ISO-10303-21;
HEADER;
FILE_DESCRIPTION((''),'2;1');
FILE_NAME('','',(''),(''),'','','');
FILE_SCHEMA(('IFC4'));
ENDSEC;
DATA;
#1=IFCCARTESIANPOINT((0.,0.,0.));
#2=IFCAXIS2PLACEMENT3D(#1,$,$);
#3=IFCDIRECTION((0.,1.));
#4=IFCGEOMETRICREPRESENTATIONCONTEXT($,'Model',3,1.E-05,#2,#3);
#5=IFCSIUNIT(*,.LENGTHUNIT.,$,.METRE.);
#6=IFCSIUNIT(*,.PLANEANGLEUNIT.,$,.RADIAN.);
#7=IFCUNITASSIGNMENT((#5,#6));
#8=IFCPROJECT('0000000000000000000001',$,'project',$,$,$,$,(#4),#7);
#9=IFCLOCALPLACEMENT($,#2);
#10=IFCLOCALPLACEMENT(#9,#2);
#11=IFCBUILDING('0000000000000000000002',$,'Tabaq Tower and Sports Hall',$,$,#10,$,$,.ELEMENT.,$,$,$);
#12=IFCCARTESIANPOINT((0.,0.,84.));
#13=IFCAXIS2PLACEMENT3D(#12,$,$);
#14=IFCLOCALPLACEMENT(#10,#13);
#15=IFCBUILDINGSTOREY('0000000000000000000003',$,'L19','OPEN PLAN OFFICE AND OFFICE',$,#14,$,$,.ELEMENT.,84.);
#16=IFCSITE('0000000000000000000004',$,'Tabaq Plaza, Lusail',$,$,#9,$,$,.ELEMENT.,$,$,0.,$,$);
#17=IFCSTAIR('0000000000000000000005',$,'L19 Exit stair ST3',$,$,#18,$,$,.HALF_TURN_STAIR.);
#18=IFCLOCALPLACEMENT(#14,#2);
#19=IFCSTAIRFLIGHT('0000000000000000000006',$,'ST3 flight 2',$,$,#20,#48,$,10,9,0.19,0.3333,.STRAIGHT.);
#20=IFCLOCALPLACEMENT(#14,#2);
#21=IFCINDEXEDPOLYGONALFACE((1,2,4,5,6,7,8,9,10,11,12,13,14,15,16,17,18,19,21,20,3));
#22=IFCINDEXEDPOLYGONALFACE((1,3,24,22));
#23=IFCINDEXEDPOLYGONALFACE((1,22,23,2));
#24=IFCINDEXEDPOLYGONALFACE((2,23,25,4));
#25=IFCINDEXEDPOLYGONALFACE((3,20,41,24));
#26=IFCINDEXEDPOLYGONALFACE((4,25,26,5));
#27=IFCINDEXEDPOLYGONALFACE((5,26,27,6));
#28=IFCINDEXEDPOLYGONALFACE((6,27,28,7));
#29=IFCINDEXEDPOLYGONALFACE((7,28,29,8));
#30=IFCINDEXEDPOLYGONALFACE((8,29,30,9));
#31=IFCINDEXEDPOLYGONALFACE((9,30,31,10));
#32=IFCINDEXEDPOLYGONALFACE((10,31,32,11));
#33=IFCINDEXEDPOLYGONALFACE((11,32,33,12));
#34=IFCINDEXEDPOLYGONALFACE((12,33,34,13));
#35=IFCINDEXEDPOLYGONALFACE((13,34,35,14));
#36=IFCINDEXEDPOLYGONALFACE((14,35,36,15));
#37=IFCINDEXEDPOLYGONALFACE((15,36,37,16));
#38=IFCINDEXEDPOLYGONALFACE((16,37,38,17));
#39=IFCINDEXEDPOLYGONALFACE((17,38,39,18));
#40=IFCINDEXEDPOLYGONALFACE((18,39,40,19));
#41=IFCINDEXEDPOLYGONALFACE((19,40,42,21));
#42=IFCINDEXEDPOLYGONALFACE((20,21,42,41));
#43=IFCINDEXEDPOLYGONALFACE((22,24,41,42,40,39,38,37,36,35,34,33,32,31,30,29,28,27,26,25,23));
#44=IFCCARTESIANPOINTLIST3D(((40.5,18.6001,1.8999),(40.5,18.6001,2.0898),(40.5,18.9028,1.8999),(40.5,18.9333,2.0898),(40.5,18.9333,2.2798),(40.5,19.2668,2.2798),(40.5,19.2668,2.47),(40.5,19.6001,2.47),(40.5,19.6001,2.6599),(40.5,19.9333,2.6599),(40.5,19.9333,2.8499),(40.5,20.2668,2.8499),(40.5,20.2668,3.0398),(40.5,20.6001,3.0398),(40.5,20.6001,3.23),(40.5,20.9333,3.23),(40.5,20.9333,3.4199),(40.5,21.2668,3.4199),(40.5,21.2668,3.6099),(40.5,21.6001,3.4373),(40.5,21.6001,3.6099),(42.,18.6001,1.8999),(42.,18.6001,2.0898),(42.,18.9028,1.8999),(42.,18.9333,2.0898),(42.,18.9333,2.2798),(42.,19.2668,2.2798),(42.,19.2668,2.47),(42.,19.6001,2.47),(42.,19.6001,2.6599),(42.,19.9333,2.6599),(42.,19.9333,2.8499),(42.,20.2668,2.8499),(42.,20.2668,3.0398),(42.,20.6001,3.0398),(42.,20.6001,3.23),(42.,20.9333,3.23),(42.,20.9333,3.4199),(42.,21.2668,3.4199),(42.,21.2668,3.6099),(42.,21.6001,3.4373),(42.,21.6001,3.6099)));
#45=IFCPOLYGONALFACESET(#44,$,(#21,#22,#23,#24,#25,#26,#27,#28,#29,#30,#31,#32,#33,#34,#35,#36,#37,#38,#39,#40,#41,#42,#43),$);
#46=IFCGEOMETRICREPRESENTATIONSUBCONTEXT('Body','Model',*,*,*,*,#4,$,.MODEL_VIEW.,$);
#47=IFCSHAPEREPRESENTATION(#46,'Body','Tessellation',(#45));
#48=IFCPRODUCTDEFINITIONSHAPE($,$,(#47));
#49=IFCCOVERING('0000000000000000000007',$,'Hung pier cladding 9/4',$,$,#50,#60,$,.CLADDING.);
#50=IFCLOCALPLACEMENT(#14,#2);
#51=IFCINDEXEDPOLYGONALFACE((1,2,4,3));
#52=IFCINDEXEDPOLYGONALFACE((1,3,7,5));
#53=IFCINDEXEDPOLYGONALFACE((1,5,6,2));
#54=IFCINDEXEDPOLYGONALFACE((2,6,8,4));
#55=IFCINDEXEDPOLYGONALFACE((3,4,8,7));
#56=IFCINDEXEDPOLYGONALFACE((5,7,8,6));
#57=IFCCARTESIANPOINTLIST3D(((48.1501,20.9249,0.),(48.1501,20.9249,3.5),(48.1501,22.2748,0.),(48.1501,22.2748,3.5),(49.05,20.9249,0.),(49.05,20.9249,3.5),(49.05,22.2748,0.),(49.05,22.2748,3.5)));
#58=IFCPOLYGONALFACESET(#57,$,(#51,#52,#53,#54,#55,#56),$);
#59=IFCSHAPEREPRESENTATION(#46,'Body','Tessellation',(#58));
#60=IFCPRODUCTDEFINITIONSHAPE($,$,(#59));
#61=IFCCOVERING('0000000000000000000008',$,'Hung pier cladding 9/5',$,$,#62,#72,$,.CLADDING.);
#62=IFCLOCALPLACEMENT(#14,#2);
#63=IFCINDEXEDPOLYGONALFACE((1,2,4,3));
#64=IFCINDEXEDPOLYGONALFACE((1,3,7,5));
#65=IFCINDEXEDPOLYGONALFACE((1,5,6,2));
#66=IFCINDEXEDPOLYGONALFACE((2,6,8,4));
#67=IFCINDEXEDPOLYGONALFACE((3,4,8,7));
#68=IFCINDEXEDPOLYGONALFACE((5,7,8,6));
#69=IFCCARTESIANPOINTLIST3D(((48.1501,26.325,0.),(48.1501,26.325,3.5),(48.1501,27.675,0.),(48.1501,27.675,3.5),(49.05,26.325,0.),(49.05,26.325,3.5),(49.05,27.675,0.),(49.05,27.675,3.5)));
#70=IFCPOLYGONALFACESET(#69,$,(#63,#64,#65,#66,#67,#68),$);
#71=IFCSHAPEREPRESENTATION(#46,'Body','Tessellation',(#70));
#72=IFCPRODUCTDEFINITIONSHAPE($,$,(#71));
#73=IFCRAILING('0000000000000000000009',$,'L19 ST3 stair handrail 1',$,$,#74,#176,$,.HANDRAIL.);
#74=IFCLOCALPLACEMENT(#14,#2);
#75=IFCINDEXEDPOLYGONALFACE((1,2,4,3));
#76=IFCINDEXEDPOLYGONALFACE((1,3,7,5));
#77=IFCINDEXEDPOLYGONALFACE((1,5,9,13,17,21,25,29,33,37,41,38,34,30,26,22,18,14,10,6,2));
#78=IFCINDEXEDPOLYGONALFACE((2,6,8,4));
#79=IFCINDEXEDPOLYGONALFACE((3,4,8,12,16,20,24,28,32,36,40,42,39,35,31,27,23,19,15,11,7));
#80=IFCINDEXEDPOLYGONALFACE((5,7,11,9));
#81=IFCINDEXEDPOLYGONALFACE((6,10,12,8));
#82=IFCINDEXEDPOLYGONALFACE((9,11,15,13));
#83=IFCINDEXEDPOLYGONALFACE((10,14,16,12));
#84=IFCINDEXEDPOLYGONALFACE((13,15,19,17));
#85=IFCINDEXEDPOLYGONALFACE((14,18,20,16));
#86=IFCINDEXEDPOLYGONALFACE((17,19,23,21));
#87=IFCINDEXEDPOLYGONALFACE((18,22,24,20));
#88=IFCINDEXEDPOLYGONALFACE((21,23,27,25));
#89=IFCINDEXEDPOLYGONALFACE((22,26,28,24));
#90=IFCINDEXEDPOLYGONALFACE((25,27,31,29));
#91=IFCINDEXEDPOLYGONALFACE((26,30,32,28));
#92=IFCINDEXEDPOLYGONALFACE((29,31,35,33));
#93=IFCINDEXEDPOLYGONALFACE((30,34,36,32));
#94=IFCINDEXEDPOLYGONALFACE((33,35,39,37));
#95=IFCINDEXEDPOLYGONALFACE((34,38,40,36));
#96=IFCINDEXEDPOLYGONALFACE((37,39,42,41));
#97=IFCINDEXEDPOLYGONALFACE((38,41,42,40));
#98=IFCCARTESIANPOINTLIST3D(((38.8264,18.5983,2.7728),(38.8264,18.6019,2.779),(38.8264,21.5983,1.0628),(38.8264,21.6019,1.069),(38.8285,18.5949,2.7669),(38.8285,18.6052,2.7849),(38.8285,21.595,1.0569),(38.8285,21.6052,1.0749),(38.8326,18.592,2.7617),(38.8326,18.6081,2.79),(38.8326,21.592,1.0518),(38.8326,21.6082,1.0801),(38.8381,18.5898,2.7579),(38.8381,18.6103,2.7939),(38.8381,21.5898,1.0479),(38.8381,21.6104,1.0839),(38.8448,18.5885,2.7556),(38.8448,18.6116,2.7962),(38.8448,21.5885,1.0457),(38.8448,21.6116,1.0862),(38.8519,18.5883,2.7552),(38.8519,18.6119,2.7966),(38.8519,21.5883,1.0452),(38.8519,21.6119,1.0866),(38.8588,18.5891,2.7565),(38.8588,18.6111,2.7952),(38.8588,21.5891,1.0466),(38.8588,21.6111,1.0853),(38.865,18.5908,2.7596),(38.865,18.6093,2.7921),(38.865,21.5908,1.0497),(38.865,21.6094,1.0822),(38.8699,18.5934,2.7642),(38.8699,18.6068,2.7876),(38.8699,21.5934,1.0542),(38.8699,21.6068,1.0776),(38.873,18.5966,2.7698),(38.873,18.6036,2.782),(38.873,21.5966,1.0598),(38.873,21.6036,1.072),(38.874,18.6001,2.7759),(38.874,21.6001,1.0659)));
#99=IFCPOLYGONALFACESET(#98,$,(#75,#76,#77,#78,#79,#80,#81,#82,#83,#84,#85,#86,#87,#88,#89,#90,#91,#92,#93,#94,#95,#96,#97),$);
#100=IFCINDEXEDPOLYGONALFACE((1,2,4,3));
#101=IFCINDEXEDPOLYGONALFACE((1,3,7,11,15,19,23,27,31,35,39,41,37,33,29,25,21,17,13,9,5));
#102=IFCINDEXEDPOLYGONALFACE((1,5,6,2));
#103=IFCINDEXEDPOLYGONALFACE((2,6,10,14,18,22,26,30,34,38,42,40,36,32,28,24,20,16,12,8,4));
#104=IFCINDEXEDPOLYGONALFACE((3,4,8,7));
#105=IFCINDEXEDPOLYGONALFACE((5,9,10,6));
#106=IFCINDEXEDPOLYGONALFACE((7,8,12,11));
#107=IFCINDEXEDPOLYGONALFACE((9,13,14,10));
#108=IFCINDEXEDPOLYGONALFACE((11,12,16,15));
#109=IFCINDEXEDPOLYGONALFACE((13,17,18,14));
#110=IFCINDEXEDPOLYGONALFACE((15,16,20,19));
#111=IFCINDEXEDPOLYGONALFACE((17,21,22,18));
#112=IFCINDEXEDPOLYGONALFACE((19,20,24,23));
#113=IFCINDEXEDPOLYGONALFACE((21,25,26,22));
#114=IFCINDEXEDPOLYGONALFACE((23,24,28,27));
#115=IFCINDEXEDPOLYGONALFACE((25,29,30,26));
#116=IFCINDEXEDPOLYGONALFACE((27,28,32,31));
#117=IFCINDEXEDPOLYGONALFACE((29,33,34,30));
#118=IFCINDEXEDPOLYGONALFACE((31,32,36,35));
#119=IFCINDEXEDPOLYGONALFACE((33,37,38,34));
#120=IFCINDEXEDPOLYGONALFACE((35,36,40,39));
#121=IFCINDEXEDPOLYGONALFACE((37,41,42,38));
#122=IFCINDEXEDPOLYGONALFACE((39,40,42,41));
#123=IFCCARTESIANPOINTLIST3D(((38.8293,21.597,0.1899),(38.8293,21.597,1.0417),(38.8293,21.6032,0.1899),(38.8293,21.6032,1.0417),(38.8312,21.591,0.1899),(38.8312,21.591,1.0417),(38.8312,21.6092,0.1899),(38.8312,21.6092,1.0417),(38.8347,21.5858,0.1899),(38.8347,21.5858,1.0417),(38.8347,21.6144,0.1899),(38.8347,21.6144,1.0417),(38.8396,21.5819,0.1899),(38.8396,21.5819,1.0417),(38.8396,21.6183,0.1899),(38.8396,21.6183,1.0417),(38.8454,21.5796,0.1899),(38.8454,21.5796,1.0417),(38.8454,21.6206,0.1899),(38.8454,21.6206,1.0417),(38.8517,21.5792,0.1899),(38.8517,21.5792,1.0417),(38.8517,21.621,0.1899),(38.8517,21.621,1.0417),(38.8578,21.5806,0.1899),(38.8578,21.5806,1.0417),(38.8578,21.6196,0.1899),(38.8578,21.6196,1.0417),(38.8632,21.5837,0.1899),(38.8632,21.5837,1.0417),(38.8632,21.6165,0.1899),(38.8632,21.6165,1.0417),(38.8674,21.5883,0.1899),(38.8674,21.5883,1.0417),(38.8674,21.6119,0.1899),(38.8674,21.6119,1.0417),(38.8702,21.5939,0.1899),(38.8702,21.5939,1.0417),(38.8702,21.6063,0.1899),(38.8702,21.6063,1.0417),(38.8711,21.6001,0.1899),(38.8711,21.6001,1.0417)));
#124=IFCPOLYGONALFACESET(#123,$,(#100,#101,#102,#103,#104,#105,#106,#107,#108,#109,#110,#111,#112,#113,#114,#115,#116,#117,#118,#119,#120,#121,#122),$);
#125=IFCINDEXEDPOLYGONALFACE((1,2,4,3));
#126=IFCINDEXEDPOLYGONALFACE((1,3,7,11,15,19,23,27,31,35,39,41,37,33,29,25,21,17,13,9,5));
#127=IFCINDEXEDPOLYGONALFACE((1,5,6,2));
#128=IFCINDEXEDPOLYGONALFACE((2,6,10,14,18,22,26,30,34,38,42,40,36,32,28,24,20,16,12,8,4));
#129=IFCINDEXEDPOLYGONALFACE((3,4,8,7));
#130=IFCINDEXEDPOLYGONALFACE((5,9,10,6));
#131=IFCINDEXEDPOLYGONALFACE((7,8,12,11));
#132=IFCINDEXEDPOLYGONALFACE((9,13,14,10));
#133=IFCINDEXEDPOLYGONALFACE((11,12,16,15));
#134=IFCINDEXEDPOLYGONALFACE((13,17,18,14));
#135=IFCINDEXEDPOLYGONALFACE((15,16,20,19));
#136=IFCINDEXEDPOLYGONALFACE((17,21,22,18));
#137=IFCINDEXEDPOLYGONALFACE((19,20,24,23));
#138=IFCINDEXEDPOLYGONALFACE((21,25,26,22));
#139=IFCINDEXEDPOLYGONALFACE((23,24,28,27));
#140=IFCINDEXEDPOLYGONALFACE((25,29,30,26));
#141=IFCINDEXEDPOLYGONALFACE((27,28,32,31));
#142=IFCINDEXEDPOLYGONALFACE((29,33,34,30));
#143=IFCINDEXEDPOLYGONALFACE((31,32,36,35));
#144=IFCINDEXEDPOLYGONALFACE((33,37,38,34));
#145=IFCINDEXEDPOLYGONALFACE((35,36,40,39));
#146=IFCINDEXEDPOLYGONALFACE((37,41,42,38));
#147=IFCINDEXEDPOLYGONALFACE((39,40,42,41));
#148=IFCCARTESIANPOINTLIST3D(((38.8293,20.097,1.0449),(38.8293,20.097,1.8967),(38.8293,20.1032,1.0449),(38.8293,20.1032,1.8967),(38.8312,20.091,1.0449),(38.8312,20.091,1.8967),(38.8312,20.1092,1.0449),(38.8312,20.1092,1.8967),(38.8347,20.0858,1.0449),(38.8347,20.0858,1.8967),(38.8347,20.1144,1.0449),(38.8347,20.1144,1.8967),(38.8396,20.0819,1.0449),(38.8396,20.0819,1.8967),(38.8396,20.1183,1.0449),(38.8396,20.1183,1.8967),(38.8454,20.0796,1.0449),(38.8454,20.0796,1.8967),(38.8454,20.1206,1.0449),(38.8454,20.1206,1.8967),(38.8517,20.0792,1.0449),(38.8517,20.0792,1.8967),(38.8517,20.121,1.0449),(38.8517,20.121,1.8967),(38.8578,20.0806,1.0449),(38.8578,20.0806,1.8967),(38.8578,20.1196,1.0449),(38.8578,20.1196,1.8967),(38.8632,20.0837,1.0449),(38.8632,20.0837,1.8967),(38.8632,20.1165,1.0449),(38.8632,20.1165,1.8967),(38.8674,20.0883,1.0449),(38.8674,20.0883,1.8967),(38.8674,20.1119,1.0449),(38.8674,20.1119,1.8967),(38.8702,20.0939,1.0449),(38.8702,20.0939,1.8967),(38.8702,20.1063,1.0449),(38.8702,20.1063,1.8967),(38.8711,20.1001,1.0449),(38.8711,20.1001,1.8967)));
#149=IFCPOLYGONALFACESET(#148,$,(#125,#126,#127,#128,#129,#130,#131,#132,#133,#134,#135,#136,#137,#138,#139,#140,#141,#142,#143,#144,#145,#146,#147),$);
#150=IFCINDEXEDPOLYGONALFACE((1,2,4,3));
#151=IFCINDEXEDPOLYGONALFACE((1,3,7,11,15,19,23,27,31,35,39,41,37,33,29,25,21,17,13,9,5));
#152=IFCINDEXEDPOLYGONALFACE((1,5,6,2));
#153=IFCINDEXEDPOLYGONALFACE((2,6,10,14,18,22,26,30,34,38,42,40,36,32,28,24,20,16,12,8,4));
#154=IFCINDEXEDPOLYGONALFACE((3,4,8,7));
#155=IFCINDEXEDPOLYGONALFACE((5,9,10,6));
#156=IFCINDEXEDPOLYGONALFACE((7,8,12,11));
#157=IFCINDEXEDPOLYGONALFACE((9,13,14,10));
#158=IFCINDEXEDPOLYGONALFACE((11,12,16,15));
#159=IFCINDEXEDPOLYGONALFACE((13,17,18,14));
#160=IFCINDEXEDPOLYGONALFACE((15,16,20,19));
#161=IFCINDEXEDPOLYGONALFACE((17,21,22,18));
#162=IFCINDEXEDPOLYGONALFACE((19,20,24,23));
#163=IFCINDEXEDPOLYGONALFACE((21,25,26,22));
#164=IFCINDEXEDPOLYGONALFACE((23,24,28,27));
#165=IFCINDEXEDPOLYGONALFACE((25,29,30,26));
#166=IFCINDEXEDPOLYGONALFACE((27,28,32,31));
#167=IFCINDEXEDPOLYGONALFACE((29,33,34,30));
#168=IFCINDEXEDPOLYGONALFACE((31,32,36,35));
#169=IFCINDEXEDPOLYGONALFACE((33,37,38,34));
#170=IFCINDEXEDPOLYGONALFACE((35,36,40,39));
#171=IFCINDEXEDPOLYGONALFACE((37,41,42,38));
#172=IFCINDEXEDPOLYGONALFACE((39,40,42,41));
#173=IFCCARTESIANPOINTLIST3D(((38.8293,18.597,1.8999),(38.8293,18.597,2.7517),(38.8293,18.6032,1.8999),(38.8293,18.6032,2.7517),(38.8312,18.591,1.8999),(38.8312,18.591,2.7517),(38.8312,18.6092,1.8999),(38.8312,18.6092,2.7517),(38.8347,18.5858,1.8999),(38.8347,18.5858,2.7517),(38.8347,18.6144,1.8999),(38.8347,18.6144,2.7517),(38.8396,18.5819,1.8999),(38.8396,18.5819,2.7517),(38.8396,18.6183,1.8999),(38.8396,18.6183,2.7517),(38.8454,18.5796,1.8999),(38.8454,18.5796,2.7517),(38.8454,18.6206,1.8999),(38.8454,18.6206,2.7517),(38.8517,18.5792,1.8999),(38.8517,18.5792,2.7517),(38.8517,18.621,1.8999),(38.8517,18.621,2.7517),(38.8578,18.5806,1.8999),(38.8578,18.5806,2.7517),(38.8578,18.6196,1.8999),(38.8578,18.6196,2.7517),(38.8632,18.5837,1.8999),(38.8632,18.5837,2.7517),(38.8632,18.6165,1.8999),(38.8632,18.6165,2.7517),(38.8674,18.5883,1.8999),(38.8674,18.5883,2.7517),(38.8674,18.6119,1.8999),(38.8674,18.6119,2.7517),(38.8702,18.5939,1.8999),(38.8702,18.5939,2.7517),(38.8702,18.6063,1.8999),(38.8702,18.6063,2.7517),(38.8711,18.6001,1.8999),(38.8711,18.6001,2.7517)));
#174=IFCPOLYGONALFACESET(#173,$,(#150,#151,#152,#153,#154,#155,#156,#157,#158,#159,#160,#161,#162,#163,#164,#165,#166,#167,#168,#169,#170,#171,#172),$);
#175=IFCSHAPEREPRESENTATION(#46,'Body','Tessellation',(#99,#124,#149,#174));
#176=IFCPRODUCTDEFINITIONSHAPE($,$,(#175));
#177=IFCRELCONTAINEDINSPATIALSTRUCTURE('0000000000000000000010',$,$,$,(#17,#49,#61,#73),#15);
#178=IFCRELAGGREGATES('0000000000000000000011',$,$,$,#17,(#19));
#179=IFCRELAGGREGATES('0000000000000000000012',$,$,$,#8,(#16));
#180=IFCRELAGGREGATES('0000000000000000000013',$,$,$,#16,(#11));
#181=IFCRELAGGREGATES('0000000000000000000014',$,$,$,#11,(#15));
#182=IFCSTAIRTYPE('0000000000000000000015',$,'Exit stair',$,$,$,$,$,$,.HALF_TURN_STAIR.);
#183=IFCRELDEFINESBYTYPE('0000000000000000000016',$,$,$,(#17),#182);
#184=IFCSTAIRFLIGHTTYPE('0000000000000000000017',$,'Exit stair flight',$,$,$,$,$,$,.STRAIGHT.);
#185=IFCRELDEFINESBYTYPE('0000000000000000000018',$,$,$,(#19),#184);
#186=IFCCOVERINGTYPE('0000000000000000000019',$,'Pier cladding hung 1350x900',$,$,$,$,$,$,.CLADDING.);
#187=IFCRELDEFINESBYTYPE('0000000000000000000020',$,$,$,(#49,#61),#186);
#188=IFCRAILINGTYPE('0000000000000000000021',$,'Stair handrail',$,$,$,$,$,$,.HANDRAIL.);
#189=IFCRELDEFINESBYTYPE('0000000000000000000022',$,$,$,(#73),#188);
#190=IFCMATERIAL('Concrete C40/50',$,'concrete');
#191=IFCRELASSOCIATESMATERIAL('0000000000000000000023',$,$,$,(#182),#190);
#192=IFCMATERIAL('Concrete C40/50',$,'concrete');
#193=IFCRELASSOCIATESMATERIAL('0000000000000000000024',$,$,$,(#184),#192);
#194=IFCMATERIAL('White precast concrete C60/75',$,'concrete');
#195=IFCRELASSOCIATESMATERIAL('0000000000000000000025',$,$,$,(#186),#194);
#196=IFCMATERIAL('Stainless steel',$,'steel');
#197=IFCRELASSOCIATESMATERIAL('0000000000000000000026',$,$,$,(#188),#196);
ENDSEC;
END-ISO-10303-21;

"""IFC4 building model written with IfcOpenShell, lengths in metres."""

from ifc_helpers import new_model, si_unit, direction, frame, frame_2d, origin, origin_2d, place, context, subcontext, project, spatial, polyline, rectangle, circle, outline, extrude, material, type_object, element, aggregate, save


model = new_model("IFC4")

# Units and contexts
model_context = context("Model", 3, precision=1e-05, world=origin(), true_north=direction((0.0, 1.0)))
body_context = subcontext(model_context, "Body", "Model", "MODEL_VIEW")
ifc_project = project(units=[si_unit("LENGTHUNIT", "METRE"), si_unit("PLANEANGLEUNIT", "RADIAN")], contexts=[model_context])

# Site, building, storey
site_placement = place(None, origin())
site = spatial("IfcSite", under=ifc_project, at=site_placement, Name="Tabaq Plaza, Lusail", CompositionType="ELEMENT", RefElevation=0.0)
building_placement = place(site_placement, origin())
building = spatial("IfcBuilding", under=site, at=building_placement, Name="Tabaq Tower and Sports Hall", CompositionType="ELEMENT")
storey_placement = place(building_placement, frame((0.0, 0.0, 84.0)))
storey = spatial("IfcBuildingStorey", under=building, at=storey_placement, Name="L19", Description="OPEN PLAN OFFICE AND OFFICE", CompositionType="ELEMENT", Elevation=84.0)

# Stair, stair flight
ifc_material_1 = material(Name="Concrete C40/50", Category="concrete")
stair_type = type_object("IfcStairType", Name="Exit stair", PredefinedType="HALF_TURN_STAIR", material=ifc_material_1)
stair_placement = place(storey_placement, origin())
stair = element("IfcStair", 1, at=stair_placement, inside=storey, type_object=stair_type, Name="L19 Exit stair ST3", PredefinedType="HALF_TURN_STAIR")
ifc_material_2 = material(Name="Concrete C40/50", Category="concrete")
stair_flight_type = type_object("IfcStairFlightType", Name="Exit stair flight", PredefinedType="STRAIGHT", material=ifc_material_2)
stair_flight_1_placement = place(storey_placement, frame((41.25, 18.6001, 1.8999), z_axis=(0.0, 0.0, 1.0), x_axis=(0.0, 1.0, 0.0)))
stair_flight_1 = element("IfcStairFlight", 2, at=stair_flight_1_placement, type_object=stair_flight_type, Name="ST3 flight 2", NumberOfRisers=10, NumberOfTreads=9, PredefinedType="STRAIGHT", RiserHeight=0.19, TreadLength=0.3333, context=body_context, shape_type="SweptSolid", body=[
    extrude(outline(polyline([(0.0, 0.0), (0.0, 0.1899), (0.3333, 0.1899), (0.3333, 0.3799), (0.6667, 0.3799), (0.6667, 0.5701), (1.0, 0.5701), (1.0, 0.76), (1.3333, 0.76), (1.3333, 0.95), (1.6667, 0.95), (1.6667, 1.1399), (2.0, 1.1399), (2.0, 1.3301), (2.3333, 1.3301), (2.3333, 1.52), (2.6667, 1.52), (2.6667, 1.71), (3.0, 1.71), (3.0, 1.8999), (3.0, 1.5374), (0.3027, 0.0), (0.0, 0.0)])), frame((0.0, 0.75, 0.0), z_axis=(0.0, -1.0, 0.0), x_axis=(1.0, 0.0, 0.0)), (0.0, 0.0, 1.0), 1.5),
])
aggregate(stair, [stair_flight_1])

# Coverings
ifc_material_3 = material(Name="White precast concrete C60/75", Category="concrete")
covering_type_1 = type_object("IfcCoveringType", Name="Pier cladding hung 1350x900", PredefinedType="CLADDING", material=ifc_material_3)
covering_1_placement = place(storey_placement, frame((48.6001, 20.925, 0.0), z_axis=(0.0, 0.0, 1.0), x_axis=(0.0, 1.0, 0.0)))
element("IfcCovering", 3, at=covering_1_placement, inside=storey, type_object=covering_type_1, Name="Hung pier cladding 9/4", PredefinedType="CLADDING", context=body_context, shape_type="SweptSolid", body=[
    extrude(rectangle(XDim=1.3499, YDim=0.8999, at=frame_2d((0.6748, 0.0))), origin(), (0.0, 0.0, 1.0), 3.5),
])
covering_2_placement = place(storey_placement, frame((48.6001, 26.325, 0.0), z_axis=(0.0, 0.0, 1.0), x_axis=(0.0, 1.0, 0.0)))
element("IfcCovering", 4, at=covering_2_placement, inside=storey, type_object=covering_type_1, Name="Hung pier cladding 9/5", PredefinedType="CLADDING", context=body_context, shape_type="SweptSolid", body=[
    extrude(rectangle(XDim=1.3501, YDim=0.8999, at=frame_2d((0.675, 0.0))), origin(), (0.0, 0.0, 1.0), 3.5),
])

# Railing
ifc_material_4 = material(Name="Stainless steel", Category="steel")
railing_type_1 = type_object("IfcRailingType", Name="Stair handrail", PredefinedType="HANDRAIL", material=ifc_material_4)
railing_1_placement = place(storey_placement, frame((38.8501, 21.6001, 0.1899)))
element("IfcRailing", 5, at=railing_1_placement, inside=storey, type_object=railing_type_1, Name="L19 ST3 stair handrail 1", PredefinedType="HANDRAIL", context=body_context, shape_type="SweptSolid", body=[
    extrude(circle(Radius=0.0239, at=origin_2d()), frame((0.0, 0.0, 0.876), z_axis=(0.0, -0.868782, 0.495195), x_axis=(1.0, 0.0, 0.0)), (0.0, 0.0, 1.0), 3.4531),
    extrude(circle(Radius=0.021, at=origin_2d()), origin(), (0.0, 0.0, 1.0), 0.8518),
    extrude(circle(Radius=0.021, at=origin_2d()), frame((0.0, -1.5, 0.855)), (0.0, 0.0, 1.0), 0.8518),
    extrude(circle(Radius=0.021, at=origin_2d()), frame((0.0, -3.0, 1.71)), (0.0, 0.0, 1.0), 0.8518),
])

save(model, "model.ifc")
